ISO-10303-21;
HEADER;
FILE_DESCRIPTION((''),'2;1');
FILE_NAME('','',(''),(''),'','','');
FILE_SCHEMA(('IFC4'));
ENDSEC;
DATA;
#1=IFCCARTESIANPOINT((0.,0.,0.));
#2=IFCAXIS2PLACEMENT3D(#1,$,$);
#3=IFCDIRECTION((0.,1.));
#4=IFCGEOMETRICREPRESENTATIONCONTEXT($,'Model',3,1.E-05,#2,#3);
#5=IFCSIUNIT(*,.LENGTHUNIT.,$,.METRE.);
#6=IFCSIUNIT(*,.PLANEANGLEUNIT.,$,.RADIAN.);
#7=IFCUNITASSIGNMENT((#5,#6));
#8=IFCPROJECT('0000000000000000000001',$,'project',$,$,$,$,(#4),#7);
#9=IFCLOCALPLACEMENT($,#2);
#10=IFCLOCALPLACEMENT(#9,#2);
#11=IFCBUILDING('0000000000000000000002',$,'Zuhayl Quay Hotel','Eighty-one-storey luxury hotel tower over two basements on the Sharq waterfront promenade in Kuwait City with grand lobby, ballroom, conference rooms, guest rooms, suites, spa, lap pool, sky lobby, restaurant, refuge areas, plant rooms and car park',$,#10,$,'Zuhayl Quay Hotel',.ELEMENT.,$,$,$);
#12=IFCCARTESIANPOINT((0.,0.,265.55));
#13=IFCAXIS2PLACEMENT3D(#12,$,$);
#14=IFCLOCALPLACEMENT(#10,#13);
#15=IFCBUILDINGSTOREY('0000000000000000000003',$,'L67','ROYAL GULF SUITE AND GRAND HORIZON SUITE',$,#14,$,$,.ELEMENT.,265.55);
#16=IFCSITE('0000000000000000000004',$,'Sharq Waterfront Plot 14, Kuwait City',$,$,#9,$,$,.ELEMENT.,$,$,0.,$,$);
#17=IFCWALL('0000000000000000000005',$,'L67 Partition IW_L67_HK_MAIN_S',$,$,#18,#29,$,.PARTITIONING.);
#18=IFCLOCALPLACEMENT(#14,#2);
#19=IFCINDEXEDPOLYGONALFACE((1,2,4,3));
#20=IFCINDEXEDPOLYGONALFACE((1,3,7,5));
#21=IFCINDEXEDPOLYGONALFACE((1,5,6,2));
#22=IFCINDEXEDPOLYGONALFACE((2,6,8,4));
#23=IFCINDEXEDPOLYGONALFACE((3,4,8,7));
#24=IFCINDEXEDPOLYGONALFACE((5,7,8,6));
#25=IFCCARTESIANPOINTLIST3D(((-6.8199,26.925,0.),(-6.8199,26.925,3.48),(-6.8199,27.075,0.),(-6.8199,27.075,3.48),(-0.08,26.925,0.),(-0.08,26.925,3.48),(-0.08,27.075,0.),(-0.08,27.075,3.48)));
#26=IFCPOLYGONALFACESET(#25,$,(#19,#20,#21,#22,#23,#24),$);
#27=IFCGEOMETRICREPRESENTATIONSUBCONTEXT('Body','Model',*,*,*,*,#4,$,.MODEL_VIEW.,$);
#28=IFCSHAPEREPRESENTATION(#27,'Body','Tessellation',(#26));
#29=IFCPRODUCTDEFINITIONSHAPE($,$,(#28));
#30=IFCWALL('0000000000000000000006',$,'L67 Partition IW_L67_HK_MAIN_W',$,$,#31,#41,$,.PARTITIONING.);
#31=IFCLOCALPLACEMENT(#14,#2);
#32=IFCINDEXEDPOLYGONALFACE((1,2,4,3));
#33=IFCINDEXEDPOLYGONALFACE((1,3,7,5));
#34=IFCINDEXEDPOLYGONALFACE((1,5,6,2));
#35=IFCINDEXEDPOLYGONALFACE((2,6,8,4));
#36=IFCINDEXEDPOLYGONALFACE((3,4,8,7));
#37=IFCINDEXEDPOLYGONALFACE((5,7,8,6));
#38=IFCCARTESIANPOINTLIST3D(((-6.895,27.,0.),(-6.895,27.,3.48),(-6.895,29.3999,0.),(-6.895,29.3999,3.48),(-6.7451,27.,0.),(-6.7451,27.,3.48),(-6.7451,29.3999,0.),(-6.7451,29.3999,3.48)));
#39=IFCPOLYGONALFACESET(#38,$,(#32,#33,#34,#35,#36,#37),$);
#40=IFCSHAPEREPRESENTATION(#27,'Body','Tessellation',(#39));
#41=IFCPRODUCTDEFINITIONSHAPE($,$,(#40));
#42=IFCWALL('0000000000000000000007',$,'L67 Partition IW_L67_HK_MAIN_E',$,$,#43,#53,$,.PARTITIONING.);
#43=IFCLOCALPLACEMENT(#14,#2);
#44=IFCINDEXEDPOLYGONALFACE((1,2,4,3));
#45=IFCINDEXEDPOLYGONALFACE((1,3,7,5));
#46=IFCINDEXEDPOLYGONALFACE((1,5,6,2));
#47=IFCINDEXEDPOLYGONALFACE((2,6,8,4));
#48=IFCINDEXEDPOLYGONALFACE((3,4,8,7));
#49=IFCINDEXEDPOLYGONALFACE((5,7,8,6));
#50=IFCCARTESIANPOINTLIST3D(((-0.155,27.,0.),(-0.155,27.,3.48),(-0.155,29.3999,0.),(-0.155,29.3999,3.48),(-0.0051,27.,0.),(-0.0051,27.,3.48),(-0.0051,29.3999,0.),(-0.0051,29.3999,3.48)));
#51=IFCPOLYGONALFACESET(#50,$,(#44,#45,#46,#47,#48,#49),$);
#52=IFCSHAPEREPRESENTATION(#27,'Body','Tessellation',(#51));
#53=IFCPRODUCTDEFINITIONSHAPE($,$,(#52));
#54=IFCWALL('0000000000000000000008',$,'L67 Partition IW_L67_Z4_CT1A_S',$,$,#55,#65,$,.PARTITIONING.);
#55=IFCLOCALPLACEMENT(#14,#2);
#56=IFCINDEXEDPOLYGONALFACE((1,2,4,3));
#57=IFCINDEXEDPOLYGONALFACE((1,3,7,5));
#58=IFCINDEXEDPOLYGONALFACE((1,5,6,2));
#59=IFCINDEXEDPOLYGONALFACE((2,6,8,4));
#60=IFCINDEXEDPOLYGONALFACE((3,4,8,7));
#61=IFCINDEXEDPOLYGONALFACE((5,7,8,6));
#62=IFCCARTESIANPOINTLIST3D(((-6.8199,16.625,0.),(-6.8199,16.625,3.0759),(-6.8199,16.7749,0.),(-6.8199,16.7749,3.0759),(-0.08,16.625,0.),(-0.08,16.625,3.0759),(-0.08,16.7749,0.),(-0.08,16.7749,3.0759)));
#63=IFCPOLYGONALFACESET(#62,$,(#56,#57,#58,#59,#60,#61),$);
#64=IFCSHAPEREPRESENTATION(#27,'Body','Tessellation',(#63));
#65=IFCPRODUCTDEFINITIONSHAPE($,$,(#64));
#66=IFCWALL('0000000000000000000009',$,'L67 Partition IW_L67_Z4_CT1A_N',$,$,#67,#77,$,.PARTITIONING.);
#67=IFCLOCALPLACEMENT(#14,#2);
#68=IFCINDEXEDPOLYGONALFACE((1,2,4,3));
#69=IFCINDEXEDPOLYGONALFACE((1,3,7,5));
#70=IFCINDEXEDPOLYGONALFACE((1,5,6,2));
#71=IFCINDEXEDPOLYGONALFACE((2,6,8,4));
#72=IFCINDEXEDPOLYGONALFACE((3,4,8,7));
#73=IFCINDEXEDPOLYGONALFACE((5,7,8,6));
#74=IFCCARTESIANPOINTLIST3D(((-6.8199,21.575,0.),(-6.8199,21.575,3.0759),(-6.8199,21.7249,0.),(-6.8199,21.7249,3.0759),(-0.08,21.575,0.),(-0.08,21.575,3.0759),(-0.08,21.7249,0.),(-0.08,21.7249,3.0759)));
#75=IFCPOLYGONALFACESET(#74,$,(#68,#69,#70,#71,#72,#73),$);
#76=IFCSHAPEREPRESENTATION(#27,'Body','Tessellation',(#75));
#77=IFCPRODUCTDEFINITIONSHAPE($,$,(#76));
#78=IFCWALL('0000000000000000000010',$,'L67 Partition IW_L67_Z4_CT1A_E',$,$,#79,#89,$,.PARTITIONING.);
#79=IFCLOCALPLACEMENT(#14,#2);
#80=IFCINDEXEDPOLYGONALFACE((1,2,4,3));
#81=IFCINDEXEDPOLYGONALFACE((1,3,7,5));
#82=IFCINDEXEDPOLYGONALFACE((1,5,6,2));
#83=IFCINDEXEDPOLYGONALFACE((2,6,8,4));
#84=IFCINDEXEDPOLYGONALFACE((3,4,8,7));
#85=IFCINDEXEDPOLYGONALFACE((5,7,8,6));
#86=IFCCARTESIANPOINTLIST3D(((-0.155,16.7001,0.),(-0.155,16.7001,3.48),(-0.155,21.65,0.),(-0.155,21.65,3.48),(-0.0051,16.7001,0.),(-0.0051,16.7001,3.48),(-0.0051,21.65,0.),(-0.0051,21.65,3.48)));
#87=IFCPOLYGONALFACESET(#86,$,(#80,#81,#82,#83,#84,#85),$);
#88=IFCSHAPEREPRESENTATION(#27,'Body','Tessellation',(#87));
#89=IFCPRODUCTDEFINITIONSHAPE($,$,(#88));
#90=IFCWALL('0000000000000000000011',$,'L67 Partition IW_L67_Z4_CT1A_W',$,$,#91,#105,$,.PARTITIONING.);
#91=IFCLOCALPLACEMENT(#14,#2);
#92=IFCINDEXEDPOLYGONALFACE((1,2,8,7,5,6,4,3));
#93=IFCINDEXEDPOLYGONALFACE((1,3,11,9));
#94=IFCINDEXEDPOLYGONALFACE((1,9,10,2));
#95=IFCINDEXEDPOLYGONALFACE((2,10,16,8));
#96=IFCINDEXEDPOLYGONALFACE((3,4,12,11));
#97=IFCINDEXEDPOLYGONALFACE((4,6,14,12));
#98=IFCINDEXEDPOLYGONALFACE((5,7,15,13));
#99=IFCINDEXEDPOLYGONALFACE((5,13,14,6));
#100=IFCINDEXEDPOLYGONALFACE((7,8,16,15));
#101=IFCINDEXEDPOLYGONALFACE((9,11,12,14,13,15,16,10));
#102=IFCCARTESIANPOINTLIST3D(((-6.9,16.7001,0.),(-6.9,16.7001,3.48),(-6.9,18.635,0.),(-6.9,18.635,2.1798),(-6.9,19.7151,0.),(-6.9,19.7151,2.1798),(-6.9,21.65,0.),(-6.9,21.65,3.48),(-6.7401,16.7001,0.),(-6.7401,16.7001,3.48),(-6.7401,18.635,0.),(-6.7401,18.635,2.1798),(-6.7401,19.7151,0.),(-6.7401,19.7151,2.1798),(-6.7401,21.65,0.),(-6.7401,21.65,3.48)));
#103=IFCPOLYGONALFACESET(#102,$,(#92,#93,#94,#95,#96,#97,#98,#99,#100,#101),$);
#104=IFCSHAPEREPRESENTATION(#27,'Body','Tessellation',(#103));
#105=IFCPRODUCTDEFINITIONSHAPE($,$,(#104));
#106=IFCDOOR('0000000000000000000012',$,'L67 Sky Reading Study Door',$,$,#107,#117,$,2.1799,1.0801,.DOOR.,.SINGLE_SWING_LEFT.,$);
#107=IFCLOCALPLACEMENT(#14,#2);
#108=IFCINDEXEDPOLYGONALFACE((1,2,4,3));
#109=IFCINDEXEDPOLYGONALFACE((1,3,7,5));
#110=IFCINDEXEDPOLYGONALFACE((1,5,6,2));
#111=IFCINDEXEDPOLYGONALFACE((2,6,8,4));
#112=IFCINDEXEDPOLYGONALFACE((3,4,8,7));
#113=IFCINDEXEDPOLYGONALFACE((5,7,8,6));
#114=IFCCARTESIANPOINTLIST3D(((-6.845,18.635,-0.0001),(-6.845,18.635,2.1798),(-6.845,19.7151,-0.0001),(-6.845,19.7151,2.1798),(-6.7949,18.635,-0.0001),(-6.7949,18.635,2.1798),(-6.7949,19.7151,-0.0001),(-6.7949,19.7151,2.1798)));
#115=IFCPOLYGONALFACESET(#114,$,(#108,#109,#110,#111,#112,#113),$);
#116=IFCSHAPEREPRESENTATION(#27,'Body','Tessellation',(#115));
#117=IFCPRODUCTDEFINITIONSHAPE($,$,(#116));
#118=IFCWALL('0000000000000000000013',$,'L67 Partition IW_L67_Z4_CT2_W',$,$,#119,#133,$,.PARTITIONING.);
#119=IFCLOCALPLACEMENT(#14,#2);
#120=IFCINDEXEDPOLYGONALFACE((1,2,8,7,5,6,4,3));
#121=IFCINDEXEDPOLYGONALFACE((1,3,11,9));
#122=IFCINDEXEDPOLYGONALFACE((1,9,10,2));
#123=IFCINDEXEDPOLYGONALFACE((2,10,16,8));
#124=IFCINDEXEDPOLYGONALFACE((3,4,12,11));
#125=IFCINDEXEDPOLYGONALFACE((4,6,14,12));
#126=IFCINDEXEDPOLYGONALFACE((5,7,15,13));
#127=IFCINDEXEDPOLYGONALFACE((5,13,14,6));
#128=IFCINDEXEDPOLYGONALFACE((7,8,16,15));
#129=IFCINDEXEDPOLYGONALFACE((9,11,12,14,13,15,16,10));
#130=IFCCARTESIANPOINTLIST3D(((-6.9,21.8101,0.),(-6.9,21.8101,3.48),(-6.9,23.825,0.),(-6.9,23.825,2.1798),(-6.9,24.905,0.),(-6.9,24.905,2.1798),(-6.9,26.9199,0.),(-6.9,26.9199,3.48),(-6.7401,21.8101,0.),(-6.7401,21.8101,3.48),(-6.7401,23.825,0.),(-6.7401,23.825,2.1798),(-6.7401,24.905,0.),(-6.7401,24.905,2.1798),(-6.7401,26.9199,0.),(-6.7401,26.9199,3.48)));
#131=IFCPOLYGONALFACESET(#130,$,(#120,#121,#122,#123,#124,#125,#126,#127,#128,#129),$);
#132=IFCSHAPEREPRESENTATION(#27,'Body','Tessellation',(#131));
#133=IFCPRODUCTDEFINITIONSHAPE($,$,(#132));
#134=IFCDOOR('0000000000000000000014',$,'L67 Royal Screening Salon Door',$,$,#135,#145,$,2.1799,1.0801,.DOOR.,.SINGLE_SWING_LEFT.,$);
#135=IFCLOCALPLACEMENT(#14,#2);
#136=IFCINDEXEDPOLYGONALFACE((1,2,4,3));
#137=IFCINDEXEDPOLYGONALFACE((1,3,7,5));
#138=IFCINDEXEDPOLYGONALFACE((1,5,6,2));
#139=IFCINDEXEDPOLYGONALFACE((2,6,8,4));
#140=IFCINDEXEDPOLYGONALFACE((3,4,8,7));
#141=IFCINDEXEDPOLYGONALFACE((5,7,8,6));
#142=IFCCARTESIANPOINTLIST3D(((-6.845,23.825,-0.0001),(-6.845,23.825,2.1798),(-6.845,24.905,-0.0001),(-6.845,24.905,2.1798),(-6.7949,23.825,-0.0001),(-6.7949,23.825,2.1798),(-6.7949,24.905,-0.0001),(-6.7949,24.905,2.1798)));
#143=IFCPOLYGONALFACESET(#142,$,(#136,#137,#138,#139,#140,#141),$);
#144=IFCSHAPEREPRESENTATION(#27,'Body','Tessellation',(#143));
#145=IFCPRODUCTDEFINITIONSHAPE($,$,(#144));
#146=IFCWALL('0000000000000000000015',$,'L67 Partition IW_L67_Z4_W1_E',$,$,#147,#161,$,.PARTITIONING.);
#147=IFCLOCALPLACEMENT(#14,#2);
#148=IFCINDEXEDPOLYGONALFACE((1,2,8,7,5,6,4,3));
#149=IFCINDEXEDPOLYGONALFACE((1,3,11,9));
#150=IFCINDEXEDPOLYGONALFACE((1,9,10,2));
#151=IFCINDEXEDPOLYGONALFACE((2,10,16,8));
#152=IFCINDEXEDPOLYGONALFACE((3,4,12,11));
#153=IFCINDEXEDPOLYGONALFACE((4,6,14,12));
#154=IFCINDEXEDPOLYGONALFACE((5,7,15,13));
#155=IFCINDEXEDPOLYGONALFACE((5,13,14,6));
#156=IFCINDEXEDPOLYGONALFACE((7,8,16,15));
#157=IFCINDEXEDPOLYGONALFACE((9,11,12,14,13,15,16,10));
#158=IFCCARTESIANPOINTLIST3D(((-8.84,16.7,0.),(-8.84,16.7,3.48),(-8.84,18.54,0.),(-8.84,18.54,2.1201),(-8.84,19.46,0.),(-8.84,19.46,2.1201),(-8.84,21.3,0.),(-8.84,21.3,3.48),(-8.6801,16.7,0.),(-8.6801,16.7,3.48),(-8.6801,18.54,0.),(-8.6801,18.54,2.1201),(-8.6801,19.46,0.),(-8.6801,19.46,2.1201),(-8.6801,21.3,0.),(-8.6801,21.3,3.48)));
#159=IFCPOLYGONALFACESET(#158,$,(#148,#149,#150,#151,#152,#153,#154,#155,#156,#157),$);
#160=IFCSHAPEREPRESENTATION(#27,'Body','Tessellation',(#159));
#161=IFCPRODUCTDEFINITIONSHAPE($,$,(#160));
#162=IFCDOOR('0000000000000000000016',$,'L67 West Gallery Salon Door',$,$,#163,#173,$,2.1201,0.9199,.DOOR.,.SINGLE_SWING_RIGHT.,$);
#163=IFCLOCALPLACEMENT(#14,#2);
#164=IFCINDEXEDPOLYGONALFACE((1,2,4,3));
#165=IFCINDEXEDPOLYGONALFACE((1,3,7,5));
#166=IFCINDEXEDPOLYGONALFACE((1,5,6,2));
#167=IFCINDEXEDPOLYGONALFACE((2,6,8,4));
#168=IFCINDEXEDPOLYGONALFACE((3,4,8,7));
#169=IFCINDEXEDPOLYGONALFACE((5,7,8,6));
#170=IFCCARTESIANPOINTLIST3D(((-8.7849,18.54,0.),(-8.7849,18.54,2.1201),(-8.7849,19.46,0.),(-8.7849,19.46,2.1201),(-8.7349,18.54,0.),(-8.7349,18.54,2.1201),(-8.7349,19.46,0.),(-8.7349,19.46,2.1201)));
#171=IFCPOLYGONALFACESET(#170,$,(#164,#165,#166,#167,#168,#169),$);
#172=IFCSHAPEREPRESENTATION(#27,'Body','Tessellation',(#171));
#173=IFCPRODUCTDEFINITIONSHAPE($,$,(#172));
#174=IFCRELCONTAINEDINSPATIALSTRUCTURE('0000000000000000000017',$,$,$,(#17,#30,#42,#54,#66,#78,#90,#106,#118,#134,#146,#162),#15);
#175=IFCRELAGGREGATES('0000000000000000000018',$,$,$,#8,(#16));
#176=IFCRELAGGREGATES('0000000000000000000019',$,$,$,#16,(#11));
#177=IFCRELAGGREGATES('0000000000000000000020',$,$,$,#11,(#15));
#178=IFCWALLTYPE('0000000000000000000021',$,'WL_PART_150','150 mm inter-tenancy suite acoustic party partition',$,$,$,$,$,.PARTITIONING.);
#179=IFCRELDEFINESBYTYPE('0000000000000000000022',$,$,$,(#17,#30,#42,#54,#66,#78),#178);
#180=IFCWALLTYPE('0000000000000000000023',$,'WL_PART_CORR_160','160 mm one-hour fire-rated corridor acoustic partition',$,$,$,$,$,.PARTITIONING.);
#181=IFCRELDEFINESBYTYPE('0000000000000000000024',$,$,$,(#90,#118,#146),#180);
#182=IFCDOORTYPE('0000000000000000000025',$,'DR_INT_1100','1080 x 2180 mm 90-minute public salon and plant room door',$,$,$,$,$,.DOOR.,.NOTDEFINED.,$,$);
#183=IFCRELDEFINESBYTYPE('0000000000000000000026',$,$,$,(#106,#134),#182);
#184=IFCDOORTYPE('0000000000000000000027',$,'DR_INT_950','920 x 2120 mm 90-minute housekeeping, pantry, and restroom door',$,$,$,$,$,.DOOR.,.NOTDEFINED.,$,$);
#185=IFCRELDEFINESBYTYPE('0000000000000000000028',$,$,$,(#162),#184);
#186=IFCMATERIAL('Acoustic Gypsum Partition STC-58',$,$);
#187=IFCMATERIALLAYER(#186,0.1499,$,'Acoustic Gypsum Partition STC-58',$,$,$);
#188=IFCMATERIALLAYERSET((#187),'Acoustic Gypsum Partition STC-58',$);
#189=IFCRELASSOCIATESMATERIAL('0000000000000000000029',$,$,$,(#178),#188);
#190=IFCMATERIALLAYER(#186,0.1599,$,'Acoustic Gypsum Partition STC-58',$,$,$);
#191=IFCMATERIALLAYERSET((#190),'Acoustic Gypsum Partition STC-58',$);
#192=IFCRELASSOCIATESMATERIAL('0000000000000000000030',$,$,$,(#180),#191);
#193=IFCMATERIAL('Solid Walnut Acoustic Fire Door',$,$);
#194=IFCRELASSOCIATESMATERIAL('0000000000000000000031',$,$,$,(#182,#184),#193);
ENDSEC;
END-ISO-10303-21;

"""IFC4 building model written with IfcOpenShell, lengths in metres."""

from ifc_helpers import new_model, si_unit, direction, frame, frame_2d, origin, place, context, subcontext, project, spatial, rectangle, extrude, material, layer, layer_set, type_object, element, fill, save


model = new_model("IFC4")

# Units and contexts
model_context = context("Model", 3, precision=1e-05, world=origin(), true_north=direction((0.0, 1.0)))
body_context = subcontext(model_context, "Body", "Model", "MODEL_VIEW")
ifc_project = project(units=[si_unit("LENGTHUNIT", "METRE"), si_unit("PLANEANGLEUNIT", "RADIAN")], contexts=[model_context])

# Site, building, storey
site_placement = place(None, origin())
site = spatial("IfcSite", under=ifc_project, at=site_placement, Name="Sharq Waterfront Plot 14, Kuwait City", CompositionType="ELEMENT", RefElevation=0.0)
building_placement = place(site_placement, origin())
building = spatial("IfcBuilding", under=site, at=building_placement, Name="Zuhayl Quay Hotel", Description="Eighty-one-storey luxury hotel tower over two basements on the Sharq waterfront promenade in Kuwait City with grand lobby, ballroom, conference rooms, guest rooms, suites, spa, lap pool, sky lobby, restaurant, refuge areas, plant rooms and car park", LongName="Zuhayl Quay Hotel", CompositionType="ELEMENT")
storey_placement = place(building_placement, frame((0.0, 0.0, 265.55)))
storey = spatial("IfcBuildingStorey", under=building, at=storey_placement, Name="L67", Description="ROYAL GULF SUITE AND GRAND HORIZON SUITE", CompositionType="ELEMENT", Elevation=265.55)

# Walls
ifc_material_1 = material(Name="Acoustic Gypsum Partition STC-58")
ifc_layer_1 = layer(ifc_material_1, 0.1499, Name="Acoustic Gypsum Partition STC-58")
ifc_layer_set_1 = layer_set([ifc_layer_1], Name="Acoustic Gypsum Partition STC-58")
wall_type_1 = type_object("IfcWallType", Name="WL_PART_150", Description="150 mm inter-tenancy suite acoustic party partition", PredefinedType="PARTITIONING", material=ifc_layer_set_1)
wall_1_placement = place(storey_placement, frame((-6.8201, 27.0, 0.0), z_axis=(0.0, 0.0, 1.0), x_axis=(1.0, 0.0, 0.0)))
element("IfcWall", 1, at=wall_1_placement, inside=storey, type_object=wall_type_1, Name="L67 Partition IW_L67_HK_MAIN_S", PredefinedType="PARTITIONING", context=body_context, shape_type="SweptSolid", body=[
    extrude(rectangle(XDim=6.74, YDim=0.1499, at=frame_2d((3.3701, 0.0))), origin(), (0.0, 0.0, 1.0), 3.48),
])
for number, where, z_axis, x_axis, name in (
    (2, (-6.8201, 27.0, 0.0), (0.0, 0.0, 1.0), (0.0, 1.0, 0.0), "L67 Partition IW_L67_HK_MAIN_W"),
    (3, (-0.0801, 27.0, 0.0), (0.0, 0.0, 1.0), (0.0, 1.0, 0.0), "L67 Partition IW_L67_HK_MAIN_E"),
):
    element("IfcWall", number, at=place(storey_placement, frame(where, z_axis=z_axis, x_axis=x_axis)), inside=storey, type_object=wall_type_1, Name=name, PredefinedType="PARTITIONING", context=body_context, shape_type="SweptSolid", body=[
        extrude(rectangle(XDim=2.3999, YDim=0.1499, at=frame_2d((1.2, 0.0))), origin(), (0.0, 0.0, 1.0), 3.48),
    ])
for number, where, z_axis, x_axis, name in (
    (4, (-6.8201, 16.7, 0.0), (0.0, 0.0, 1.0), (1.0, 0.0, 0.0), "L67 Partition IW_L67_Z4_CT1A_S"),
    (5, (-6.8201, 21.6499, 0.0), (0.0, 0.0, 1.0), (1.0, 0.0, 0.0), "L67 Partition IW_L67_Z4_CT1A_N"),
):
    element("IfcWall", number, at=place(storey_placement, frame(where, z_axis=z_axis, x_axis=x_axis)), inside=storey, type_object=wall_type_1, Name=name, PredefinedType="PARTITIONING", context=body_context, shape_type="SweptSolid", body=[
        extrude(rectangle(XDim=6.74, YDim=0.1499, at=frame_2d((3.3701, 0.0))), origin(), (0.0, 0.0, 1.0), 3.0759),
    ])
wall_2_placement = place(storey_placement, frame((-0.0801, 16.7, 0.0), z_axis=(0.0, 0.0, 1.0), x_axis=(0.0, 1.0, 0.0)))
element("IfcWall", 6, at=wall_2_placement, inside=storey, type_object=wall_type_1, Name="L67 Partition IW_L67_Z4_CT1A_E", PredefinedType="PARTITIONING", context=body_context, shape_type="SweptSolid", body=[
    extrude(rectangle(XDim=4.95, YDim=0.1499, at=frame_2d((2.4751, 0.0))), origin(), (0.0, 0.0, 1.0), 3.48),
])

# Walls, openings, doors
ifc_layer_2 = layer(ifc_material_1, 0.1599, Name="Acoustic Gypsum Partition STC-58")
ifc_layer_set_2 = layer_set([ifc_layer_2], Name="Acoustic Gypsum Partition STC-58")
wall_type_2 = type_object("IfcWallType", Name="WL_PART_CORR_160", Description="160 mm one-hour fire-rated corridor acoustic partition", PredefinedType="PARTITIONING", material=ifc_layer_set_2)
wall_3_placement = place(storey_placement, frame((-6.8201, 16.7, 0.0), z_axis=(0.0, 0.0, 1.0), x_axis=(0.0, 1.0, 0.0)))
wall_3 = element("IfcWall", 7, at=wall_3_placement, inside=storey, type_object=wall_type_2, Name="L67 Partition IW_L67_Z4_CT1A_W", PredefinedType="PARTITIONING", context=body_context, shape_type="SweptSolid", body=[
    extrude(rectangle(XDim=4.95, YDim=0.1599, at=frame_2d((2.4751, 0.0))), origin(), (0.0, 0.0, 1.0), 3.48),
])
opening_1_placement = place(wall_3_placement, frame((1.9351, 0.0, 0.0)))
opening_1 = element("IfcOpeningElement", 8, at=opening_1_placement, cuts=wall_3, PredefinedType="OPENING", context=body_context, shape_type="SweptSolid", body=[
    extrude(rectangle(XDim=1.0801, YDim=2.1799, at=frame_2d((0.54, 1.0898))), frame((0.0, 0.0898, 0.0), z_axis=(0.0, -1.0, 0.0), x_axis=(1.0, 0.0, 0.0)), (0.0, 0.0, 1.0), 0.1799),
])
ifc_material_2 = material(Name="Solid Walnut Acoustic Fire Door")
door_type_1 = type_object("IfcDoorType", Name="DR_INT_1100", Description="1080 x 2180 mm 90-minute public salon and plant room door", OperationType="NOTDEFINED", PredefinedType="DOOR", material=ifc_material_2)
door_1_placement = place(opening_1_placement, origin())
door_1 = element("IfcDoor", 9, at=door_1_placement, inside=storey, type_object=door_type_1, Name="L67 Sky Reading Study Door", OperationType="SINGLE_SWING_LEFT", OverallHeight=2.1799, OverallWidth=1.0801, PredefinedType="DOOR", context=body_context, shape_type="SweptSolid", body=[
    extrude(rectangle(XDim=1.0801, YDim=2.1799, at=frame_2d((0.54, 1.0898))), frame((0.0, 0.0249, 0.0), z_axis=(0.0, -1.0, 0.0), x_axis=(1.0, 0.0, 0.0)), (0.0, 0.0, 1.0), 0.05),
])
fill(opening_1, door_1)
wall_4_placement = place(storey_placement, frame((-6.8201, 21.8101, 0.0), z_axis=(0.0, 0.0, 1.0), x_axis=(0.0, 1.0, 0.0)))
wall_4 = element("IfcWall", 10, at=wall_4_placement, inside=storey, type_object=wall_type_2, Name="L67 Partition IW_L67_Z4_CT2_W", PredefinedType="PARTITIONING", context=body_context, shape_type="SweptSolid", body=[
    extrude(rectangle(XDim=5.1099, YDim=0.1599, at=frame_2d((2.5549, 0.0))), origin(), (0.0, 0.0, 1.0), 3.48),
])
opening_2_placement = place(wall_4_placement, frame((2.0149, 0.0, 0.0)))
opening_2 = element("IfcOpeningElement", 11, at=opening_2_placement, cuts=wall_4, PredefinedType="OPENING", context=body_context, shape_type="SweptSolid", body=[
    extrude(rectangle(XDim=1.0801, YDim=2.1799, at=frame_2d((0.54, 1.0898))), frame((0.0, 0.0898, 0.0), z_axis=(0.0, -1.0, 0.0), x_axis=(1.0, 0.0, 0.0)), (0.0, 0.0, 1.0), 0.1799),
])
door_2_placement = place(opening_2_placement, origin())
door_2 = element("IfcDoor", 12, at=door_2_placement, inside=storey, type_object=door_type_1, Name="L67 Royal Screening Salon Door", OperationType="SINGLE_SWING_LEFT", OverallHeight=2.1799, OverallWidth=1.0801, PredefinedType="DOOR", context=body_context, shape_type="SweptSolid", body=[
    extrude(rectangle(XDim=1.0801, YDim=2.1799, at=frame_2d((0.54, 1.0898))), frame((0.0, 0.0249, 0.0), z_axis=(0.0, -1.0, 0.0), x_axis=(1.0, 0.0, 0.0)), (0.0, 0.0, 1.0), 0.05),
])
fill(opening_2, door_2)
wall_5_placement = place(storey_placement, frame((-8.76, 16.7, 0.0), z_axis=(0.0, 0.0, 1.0), x_axis=(0.0, 1.0, 0.0)))
wall_5 = element("IfcWall", 13, at=wall_5_placement, inside=storey, type_object=wall_type_2, Name="L67 Partition IW_L67_Z4_W1_E", PredefinedType="PARTITIONING", context=body_context, shape_type="SweptSolid", body=[
    extrude(rectangle(XDim=4.6001, YDim=0.1599, at=frame_2d((2.3, 0.0))), origin(), (0.0, 0.0, 1.0), 3.48),
])
opening_3_placement = place(wall_5_placement, frame((1.8401, 0.0, 0.0)))
opening_3 = element("IfcOpeningElement", 14, at=opening_3_placement, cuts=wall_5, PredefinedType="OPENING", context=body_context, shape_type="SweptSolid", body=[
    extrude(rectangle(XDim=0.9199, YDim=2.1201, at=frame_2d((0.46, 1.0601))), frame((0.0, 0.0898, 0.0), z_axis=(0.0, -1.0, 0.0), x_axis=(1.0, 0.0, 0.0)), (0.0, 0.0, 1.0), 0.1799),
])
door_type_2 = type_object("IfcDoorType", Name="DR_INT_950", Description="920 x 2120 mm 90-minute housekeeping, pantry, and restroom door", OperationType="NOTDEFINED", PredefinedType="DOOR", material=ifc_material_2)
door_3_placement = place(opening_3_placement, origin())
door_3 = element("IfcDoor", 15, at=door_3_placement, inside=storey, type_object=door_type_2, Name="L67 West Gallery Salon Door", OperationType="SINGLE_SWING_RIGHT", OverallHeight=2.1201, OverallWidth=0.9199, PredefinedType="DOOR", context=body_context, shape_type="SweptSolid", body=[
    extrude(rectangle(XDim=0.9199, YDim=2.1201, at=frame_2d((0.46, 1.0601))), frame((0.0, 0.0249, 0.0), z_axis=(0.0, -1.0, 0.0), x_axis=(1.0, 0.0, 0.0)), (0.0, 0.0, 1.0), 0.05),
])
fill(opening_3, door_3)

save(model, "model.ifc")
